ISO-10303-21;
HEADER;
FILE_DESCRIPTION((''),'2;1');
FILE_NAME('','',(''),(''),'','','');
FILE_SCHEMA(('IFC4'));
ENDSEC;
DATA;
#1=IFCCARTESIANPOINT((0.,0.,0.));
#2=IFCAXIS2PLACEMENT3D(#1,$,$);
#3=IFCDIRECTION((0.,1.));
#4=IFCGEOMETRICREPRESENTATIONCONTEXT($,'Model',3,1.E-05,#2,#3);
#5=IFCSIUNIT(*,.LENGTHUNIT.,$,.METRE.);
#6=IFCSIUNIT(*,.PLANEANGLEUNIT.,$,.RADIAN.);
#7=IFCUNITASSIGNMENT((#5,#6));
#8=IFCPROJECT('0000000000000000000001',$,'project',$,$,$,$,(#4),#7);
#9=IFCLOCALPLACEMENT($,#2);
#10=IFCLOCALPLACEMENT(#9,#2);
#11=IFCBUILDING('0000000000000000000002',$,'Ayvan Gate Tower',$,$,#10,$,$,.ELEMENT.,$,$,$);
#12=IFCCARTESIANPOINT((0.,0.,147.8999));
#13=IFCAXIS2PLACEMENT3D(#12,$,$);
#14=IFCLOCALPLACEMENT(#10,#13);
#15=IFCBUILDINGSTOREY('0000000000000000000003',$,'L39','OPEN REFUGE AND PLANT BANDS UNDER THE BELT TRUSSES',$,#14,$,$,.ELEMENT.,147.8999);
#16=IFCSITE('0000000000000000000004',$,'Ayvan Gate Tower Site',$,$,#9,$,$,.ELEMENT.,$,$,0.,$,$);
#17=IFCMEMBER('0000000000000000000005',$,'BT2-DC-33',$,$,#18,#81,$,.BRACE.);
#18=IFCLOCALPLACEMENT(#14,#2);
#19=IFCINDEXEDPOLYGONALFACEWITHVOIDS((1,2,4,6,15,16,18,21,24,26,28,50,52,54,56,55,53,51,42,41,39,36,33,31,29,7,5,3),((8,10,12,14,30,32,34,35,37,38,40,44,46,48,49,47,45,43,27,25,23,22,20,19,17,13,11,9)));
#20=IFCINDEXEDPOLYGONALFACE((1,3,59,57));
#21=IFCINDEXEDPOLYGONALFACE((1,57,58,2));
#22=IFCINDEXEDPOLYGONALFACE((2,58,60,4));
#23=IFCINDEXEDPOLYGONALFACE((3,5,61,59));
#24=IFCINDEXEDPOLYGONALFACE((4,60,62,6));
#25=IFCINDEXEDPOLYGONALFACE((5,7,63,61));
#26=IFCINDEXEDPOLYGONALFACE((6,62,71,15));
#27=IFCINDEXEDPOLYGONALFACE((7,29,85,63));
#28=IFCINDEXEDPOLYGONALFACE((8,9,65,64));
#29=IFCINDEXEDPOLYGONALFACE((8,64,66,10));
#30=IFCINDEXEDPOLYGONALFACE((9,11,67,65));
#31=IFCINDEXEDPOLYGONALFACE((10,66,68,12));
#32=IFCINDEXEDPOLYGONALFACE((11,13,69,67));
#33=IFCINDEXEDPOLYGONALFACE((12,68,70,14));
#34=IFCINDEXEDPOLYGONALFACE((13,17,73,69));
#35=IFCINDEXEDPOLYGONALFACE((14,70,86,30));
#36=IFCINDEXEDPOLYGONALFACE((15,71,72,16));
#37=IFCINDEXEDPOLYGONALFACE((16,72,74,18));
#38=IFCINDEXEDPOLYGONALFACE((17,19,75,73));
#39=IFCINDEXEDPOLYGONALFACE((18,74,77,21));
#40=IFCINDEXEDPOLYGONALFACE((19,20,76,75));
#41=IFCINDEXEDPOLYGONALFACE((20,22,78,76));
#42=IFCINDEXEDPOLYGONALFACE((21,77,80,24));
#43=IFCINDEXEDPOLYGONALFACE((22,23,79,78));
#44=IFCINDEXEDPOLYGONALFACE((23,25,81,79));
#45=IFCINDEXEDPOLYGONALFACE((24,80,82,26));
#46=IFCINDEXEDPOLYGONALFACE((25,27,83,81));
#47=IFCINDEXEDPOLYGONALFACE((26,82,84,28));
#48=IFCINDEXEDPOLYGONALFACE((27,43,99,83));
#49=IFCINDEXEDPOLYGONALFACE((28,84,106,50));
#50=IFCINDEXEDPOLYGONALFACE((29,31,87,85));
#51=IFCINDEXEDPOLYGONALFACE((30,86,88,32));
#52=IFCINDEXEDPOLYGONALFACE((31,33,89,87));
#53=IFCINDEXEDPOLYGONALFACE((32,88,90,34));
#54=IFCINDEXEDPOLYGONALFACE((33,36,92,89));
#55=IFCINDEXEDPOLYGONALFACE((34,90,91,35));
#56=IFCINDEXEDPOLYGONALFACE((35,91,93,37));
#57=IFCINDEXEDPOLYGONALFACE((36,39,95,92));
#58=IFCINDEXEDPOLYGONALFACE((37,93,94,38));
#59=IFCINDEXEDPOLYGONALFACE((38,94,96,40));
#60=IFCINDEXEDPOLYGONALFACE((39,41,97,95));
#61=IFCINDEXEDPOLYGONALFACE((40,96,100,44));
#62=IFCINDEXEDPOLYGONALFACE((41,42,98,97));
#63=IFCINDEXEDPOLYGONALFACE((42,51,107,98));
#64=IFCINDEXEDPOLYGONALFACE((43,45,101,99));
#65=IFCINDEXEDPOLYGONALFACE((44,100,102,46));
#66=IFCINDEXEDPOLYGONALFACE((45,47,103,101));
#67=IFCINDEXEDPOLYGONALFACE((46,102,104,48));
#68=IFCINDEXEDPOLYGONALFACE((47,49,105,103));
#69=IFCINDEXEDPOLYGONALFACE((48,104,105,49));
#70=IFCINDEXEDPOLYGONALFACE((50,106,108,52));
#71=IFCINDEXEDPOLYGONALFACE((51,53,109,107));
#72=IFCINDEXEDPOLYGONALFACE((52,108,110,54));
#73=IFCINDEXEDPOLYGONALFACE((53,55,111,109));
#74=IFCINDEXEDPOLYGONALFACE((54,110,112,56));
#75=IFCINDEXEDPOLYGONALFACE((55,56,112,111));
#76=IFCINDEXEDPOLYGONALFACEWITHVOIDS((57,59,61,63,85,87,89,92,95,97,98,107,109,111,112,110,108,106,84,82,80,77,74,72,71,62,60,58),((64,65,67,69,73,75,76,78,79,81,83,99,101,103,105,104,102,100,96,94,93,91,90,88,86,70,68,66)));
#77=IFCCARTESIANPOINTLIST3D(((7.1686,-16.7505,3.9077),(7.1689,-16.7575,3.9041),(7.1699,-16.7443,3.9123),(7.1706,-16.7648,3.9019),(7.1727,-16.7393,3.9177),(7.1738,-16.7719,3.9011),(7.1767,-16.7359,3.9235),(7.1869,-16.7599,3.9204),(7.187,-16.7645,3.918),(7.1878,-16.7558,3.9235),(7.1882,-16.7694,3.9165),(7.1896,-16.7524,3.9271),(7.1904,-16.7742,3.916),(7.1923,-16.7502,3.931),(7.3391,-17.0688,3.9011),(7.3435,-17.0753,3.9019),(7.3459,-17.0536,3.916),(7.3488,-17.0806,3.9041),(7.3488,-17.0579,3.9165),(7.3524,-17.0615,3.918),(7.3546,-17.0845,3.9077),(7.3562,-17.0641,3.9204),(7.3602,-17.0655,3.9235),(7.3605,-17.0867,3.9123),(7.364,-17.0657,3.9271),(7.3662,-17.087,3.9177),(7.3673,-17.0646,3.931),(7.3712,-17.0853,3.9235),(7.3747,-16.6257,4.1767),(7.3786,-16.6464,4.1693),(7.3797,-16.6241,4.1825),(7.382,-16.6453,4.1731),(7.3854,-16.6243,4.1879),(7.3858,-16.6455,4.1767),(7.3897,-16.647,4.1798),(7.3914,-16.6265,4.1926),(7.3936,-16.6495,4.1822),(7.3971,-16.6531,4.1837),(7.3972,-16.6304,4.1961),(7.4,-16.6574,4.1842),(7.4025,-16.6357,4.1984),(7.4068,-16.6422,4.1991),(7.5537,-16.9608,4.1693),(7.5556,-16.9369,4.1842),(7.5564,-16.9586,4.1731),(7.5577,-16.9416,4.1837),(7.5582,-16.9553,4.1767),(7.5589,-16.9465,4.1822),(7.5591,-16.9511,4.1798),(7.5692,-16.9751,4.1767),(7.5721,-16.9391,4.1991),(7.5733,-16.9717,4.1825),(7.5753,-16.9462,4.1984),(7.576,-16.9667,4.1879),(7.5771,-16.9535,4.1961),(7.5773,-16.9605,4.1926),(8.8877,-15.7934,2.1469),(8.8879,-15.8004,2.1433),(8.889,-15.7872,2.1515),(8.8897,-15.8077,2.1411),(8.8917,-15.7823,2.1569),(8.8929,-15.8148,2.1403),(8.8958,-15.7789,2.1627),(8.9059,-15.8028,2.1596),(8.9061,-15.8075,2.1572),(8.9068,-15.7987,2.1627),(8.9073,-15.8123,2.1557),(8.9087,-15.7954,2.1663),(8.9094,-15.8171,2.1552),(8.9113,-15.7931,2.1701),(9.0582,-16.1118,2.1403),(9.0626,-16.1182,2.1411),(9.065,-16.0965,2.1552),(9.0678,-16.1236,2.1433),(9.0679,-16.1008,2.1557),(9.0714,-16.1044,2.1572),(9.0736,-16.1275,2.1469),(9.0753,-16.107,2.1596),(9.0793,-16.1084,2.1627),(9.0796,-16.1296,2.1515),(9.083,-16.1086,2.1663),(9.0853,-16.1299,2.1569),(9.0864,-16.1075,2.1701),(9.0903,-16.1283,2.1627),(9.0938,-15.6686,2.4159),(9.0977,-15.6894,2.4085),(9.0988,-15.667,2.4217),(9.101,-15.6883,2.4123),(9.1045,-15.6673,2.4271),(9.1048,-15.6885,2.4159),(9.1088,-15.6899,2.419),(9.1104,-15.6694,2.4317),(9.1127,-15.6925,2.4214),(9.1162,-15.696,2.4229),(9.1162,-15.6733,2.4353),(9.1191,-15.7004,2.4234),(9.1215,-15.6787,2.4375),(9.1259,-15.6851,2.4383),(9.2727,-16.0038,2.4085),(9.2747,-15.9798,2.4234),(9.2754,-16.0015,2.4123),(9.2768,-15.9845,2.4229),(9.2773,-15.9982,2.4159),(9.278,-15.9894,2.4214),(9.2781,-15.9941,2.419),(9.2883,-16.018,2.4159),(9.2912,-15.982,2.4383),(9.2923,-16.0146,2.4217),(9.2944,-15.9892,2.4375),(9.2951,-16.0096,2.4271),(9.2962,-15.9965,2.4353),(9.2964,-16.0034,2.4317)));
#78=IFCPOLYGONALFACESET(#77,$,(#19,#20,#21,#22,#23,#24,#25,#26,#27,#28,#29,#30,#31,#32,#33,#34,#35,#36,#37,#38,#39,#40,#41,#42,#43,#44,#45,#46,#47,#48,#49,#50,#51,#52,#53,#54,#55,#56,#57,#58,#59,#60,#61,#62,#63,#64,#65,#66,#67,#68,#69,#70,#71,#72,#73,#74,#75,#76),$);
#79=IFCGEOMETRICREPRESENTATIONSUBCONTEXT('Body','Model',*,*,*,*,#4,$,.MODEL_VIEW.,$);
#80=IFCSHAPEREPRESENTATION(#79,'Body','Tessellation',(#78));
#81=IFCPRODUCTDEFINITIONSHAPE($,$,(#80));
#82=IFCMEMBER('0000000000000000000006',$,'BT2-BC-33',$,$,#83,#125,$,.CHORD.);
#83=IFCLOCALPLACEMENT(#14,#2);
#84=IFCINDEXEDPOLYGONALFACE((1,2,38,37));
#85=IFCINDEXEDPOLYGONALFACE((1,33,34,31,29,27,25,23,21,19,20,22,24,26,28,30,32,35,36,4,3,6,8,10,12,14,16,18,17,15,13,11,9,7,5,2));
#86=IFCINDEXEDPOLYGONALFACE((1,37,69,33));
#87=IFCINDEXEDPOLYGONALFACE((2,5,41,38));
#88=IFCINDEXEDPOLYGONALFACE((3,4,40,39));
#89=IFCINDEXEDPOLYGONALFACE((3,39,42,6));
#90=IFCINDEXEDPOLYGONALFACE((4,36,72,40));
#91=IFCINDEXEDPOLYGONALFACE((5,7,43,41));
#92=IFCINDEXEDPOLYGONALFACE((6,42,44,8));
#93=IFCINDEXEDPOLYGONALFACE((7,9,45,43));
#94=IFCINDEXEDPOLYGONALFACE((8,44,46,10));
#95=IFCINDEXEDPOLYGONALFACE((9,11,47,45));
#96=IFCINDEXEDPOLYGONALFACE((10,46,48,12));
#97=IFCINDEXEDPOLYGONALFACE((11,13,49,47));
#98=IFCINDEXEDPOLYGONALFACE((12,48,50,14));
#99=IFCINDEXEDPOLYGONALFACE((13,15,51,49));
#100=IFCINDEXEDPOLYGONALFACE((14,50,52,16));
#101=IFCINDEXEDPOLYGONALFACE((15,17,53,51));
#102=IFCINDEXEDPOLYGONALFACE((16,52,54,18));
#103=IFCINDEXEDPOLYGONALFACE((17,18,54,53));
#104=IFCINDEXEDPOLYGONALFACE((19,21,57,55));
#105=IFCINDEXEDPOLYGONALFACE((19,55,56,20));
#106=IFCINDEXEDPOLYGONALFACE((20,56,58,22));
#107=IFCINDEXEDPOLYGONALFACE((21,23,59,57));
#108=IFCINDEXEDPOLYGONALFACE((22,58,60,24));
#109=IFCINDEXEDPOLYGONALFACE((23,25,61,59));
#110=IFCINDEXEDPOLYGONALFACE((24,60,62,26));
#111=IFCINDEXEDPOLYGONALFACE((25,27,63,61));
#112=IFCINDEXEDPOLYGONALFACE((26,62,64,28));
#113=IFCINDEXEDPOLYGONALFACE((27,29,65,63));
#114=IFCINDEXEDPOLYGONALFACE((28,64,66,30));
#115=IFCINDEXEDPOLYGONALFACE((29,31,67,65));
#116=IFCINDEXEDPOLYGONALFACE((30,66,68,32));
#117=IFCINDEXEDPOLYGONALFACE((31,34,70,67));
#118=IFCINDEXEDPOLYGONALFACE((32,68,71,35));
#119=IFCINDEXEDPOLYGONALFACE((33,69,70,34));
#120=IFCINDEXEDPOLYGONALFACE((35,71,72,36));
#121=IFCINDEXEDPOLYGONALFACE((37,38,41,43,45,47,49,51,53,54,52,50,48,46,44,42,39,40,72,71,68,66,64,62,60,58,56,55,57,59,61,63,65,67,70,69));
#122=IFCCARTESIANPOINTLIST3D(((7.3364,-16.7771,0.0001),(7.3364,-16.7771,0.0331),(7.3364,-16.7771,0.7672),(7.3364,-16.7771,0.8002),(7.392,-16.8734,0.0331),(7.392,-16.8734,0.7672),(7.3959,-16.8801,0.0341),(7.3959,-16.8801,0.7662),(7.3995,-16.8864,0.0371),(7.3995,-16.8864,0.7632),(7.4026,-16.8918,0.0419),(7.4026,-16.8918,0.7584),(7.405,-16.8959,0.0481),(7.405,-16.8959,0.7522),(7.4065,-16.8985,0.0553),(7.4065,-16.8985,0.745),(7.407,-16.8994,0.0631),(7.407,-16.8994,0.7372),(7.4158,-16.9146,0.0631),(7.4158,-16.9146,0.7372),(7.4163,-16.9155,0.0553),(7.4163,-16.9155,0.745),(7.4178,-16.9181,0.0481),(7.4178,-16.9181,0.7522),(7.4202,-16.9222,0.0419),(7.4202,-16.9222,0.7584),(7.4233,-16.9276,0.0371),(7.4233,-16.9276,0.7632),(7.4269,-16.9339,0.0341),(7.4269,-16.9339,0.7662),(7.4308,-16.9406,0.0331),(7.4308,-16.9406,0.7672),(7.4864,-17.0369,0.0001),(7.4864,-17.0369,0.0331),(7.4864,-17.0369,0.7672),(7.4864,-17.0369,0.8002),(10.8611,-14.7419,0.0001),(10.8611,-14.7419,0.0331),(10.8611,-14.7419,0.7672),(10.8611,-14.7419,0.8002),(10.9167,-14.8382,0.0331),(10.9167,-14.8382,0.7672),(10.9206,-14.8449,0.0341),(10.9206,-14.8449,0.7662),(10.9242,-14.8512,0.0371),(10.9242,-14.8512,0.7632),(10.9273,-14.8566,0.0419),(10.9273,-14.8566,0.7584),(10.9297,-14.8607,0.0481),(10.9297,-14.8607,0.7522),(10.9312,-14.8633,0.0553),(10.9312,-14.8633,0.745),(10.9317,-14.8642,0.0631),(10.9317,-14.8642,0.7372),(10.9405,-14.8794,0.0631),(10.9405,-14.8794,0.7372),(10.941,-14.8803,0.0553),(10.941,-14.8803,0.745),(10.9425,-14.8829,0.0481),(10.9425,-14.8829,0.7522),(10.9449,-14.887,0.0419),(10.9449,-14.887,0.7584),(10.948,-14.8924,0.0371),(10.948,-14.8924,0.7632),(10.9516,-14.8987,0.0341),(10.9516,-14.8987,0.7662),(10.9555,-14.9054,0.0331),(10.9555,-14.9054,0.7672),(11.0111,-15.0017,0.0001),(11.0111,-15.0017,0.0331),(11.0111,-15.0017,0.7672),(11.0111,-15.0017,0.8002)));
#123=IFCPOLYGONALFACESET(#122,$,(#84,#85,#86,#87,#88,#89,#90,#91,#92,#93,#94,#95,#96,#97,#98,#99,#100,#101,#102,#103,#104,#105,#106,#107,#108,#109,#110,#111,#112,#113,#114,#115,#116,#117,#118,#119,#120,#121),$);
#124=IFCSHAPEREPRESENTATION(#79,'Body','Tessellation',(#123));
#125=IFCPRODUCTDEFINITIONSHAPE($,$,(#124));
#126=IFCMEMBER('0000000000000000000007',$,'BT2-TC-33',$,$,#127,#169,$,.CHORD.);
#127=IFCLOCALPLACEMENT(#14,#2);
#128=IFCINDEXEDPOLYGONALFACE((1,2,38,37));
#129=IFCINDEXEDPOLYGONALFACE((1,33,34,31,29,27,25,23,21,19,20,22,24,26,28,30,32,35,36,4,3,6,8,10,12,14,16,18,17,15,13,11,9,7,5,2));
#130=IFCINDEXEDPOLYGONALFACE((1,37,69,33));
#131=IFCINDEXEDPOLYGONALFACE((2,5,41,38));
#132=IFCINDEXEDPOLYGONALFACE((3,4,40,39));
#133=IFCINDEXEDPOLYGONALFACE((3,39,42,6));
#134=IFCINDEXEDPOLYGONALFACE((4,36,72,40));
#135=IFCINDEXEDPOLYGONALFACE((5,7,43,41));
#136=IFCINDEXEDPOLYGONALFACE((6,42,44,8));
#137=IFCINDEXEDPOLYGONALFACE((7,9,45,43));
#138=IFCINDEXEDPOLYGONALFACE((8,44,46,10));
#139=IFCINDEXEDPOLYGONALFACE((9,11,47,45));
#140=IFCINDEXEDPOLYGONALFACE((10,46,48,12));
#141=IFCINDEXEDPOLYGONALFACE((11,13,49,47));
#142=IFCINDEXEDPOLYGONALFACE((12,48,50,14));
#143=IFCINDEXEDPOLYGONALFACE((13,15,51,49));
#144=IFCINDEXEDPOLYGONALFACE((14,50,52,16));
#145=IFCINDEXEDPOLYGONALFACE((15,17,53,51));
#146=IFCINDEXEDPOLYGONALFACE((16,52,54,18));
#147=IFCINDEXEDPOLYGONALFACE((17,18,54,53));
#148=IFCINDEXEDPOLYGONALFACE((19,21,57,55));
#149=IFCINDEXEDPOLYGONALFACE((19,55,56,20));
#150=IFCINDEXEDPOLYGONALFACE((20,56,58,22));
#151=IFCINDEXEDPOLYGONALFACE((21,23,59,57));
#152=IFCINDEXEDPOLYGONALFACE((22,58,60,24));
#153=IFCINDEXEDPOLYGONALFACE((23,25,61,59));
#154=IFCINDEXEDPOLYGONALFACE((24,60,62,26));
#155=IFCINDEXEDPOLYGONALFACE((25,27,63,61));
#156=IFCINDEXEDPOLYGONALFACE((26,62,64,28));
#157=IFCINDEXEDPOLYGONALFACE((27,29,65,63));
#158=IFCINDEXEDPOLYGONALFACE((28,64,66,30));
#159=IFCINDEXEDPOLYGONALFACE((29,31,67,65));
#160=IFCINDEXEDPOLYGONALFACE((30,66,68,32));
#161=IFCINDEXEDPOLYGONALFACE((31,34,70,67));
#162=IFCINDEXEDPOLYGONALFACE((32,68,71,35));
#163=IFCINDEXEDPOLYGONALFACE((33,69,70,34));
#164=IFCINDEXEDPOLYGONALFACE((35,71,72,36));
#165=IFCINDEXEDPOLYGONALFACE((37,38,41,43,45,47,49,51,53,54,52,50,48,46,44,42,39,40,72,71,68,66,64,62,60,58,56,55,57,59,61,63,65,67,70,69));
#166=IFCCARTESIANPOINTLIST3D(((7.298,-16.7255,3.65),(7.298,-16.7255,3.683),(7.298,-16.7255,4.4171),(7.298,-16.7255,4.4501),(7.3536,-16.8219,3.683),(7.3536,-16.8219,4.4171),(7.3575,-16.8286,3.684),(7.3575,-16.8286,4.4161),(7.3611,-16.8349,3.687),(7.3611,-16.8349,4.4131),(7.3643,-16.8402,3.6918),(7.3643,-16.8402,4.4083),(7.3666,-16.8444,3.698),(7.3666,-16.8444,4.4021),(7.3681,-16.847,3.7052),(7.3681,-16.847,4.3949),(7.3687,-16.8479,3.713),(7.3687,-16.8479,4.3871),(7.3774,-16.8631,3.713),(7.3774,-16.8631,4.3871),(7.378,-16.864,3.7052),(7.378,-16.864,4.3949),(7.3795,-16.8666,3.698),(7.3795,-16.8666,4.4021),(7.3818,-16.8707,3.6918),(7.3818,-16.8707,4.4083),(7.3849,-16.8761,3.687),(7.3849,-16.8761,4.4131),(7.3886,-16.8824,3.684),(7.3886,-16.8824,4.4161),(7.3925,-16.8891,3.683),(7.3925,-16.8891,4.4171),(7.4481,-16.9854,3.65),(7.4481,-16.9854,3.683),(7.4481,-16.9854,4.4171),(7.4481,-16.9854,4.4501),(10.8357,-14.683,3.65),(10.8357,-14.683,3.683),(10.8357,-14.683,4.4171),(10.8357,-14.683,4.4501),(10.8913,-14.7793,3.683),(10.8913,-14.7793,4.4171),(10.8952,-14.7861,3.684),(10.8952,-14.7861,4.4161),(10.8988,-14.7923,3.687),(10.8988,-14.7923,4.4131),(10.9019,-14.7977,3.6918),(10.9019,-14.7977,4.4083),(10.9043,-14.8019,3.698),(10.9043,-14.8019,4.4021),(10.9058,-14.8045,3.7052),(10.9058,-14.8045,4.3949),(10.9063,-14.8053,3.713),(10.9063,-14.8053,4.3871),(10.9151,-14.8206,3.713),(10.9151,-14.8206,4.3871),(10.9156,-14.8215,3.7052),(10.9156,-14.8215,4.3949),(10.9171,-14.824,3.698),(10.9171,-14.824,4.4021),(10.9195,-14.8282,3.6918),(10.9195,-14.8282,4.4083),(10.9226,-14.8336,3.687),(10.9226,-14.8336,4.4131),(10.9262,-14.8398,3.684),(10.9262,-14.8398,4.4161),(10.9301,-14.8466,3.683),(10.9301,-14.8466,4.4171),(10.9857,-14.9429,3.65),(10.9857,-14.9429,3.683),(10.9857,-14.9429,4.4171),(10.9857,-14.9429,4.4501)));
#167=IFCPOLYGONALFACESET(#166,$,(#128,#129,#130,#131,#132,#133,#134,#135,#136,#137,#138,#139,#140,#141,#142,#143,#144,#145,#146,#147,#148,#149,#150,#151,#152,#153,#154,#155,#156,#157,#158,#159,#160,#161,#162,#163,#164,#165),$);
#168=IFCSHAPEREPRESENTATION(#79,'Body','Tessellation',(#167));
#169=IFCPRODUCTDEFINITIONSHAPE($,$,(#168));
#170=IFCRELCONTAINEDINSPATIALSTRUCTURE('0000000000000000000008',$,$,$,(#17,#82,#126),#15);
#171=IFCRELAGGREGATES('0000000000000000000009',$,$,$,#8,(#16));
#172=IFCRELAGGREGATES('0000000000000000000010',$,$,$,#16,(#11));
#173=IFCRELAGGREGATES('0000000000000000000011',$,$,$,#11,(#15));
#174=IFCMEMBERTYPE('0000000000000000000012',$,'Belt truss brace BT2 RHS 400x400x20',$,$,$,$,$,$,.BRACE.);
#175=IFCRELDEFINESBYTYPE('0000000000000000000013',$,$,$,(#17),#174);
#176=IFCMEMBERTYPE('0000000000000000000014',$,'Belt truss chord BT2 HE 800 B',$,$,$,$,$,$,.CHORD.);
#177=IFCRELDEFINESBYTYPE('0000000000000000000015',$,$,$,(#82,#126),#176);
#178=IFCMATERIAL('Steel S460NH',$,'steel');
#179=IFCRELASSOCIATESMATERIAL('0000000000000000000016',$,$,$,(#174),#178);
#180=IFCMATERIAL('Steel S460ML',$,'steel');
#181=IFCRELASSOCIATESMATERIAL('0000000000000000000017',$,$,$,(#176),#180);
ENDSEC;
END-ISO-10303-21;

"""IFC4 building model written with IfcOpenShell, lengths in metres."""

from ifc_helpers import new_model, si_unit, direction, frame, origin, origin_2d, place, context, subcontext, project, spatial, hollow_rectangle, i_section, extrude, material, material_profile, profile_set, type_object, element, save


model = new_model("IFC4")

# Units and contexts
model_context = context("Model", 3, precision=1e-05, world=origin(), true_north=direction((0.0, 1.0)))
body_context = subcontext(model_context, "Body", "Model", "MODEL_VIEW")
ifc_project = project(units=[si_unit("LENGTHUNIT", "METRE"), si_unit("PLANEANGLEUNIT", "RADIAN")], contexts=[model_context])

# Site, building, storey
site_placement = place(None, origin())
site = spatial("IfcSite", under=ifc_project, at=site_placement, Name="Ayvan Gate Tower Site", CompositionType="ELEMENT", RefElevation=0.0)
building_placement = place(site_placement, origin())
building = spatial("IfcBuilding", under=site, at=building_placement, Name="Ayvan Gate Tower", CompositionType="ELEMENT")
storey_placement = place(building_placement, frame((0.0, 0.0, 147.8999)))
storey = spatial("IfcBuildingStorey", under=building, at=storey_placement, Name="L39", Description="OPEN REFUGE AND PLANT BANDS UNDER THE BELT TRUSSES", CompositionType="ELEMENT", Elevation=147.8999)

# Members
ifc_material_1 = material(Name="Steel S460NH", Category="steel")
ifc_material_profile_1 = material_profile(ifc_material_1, hollow_rectangle(XDim=0.3999, YDim=0.3999, WallThickness=0.02, InnerFilletRadius=0.02, OuterFilletRadius=0.03, at=origin_2d()), Name="RHS 400x400x20")
ifc_profile_set_1 = profile_set([ifc_material_profile_1], Name="Steel S460NH")
member_type_1 = type_object("IfcMemberType", Name="Belt truss brace BT2 RHS 400x400x20", PredefinedType="BRACE", material=ifc_profile_set_1)
member_1_placement = place(storey_placement, frame((9.092, -15.8984, 2.2893), z_axis=(-0.651066, -0.362474, 0.666878), x_axis=(0.486433, -0.873718, 0.0)))
element("IfcMember", 1, at=member_1_placement, inside=storey, type_object=member_type_1, Name="BT2-DC-33", PredefinedType="BRACE", context=body_context, shape_type="SweptSolid", body=[
    extrude(hollow_rectangle(XDim=0.3999, YDim=0.3999, WallThickness=0.02, InnerFilletRadius=0.02, OuterFilletRadius=0.03, at=origin_2d()), origin(), (0.0, 0.0, 1.0), 2.6404),
])
ifc_material_2 = material(Name="Steel S460ML", Category="steel")
ifc_material_profile_2 = material_profile(ifc_material_2, i_section(OverallWidth=0.3, OverallDepth=0.8, WebThickness=0.0176, FlangeThickness=0.033, FilletRadius=0.03, at=origin_2d()), Name="HE 800 B")
ifc_profile_set_2 = profile_set([ifc_material_profile_2], Name="Steel S460ML")
member_type_2 = type_object("IfcMemberType", Name="Belt truss chord BT2 HE 800 B", PredefinedType="CHORD", material=ifc_profile_set_2)
member_2_placement = place(storey_placement, frame((7.4114, -16.907, 0.4001), z_axis=(0.866005, 0.500036, 0.0), x_axis=(-0.500036, 0.866005, 0.0)))
element("IfcMember", 2, at=member_2_placement, inside=storey, type_object=member_type_2, Name="BT2-BC-33", PredefinedType="CHORD", context=body_context, shape_type="SweptSolid", body=[
    extrude(i_section(OverallWidth=0.3, OverallDepth=0.8, WebThickness=0.0176, FlangeThickness=0.033, FilletRadius=0.03, at=origin_2d()), origin(), (0.0, 0.0, 1.0), 4.0701),
])
member_3_placement = place(storey_placement, frame((7.373, -16.8555, 4.05), z_axis=(0.86602, 0.500009, 0.0), x_axis=(-0.500009, 0.86602, 0.0)))
element("IfcMember", 3, at=member_3_placement, inside=storey, type_object=member_type_2, Name="BT2-TC-33", PredefinedType="CHORD", context=body_context, shape_type="SweptSolid", body=[
    extrude(i_section(OverallWidth=0.3, OverallDepth=0.8, WebThickness=0.0176, FlangeThickness=0.033, FilletRadius=0.03, at=origin_2d()), origin(), (0.0, 0.0, 1.0), 4.085),
])

save(model, "model.ifc")
